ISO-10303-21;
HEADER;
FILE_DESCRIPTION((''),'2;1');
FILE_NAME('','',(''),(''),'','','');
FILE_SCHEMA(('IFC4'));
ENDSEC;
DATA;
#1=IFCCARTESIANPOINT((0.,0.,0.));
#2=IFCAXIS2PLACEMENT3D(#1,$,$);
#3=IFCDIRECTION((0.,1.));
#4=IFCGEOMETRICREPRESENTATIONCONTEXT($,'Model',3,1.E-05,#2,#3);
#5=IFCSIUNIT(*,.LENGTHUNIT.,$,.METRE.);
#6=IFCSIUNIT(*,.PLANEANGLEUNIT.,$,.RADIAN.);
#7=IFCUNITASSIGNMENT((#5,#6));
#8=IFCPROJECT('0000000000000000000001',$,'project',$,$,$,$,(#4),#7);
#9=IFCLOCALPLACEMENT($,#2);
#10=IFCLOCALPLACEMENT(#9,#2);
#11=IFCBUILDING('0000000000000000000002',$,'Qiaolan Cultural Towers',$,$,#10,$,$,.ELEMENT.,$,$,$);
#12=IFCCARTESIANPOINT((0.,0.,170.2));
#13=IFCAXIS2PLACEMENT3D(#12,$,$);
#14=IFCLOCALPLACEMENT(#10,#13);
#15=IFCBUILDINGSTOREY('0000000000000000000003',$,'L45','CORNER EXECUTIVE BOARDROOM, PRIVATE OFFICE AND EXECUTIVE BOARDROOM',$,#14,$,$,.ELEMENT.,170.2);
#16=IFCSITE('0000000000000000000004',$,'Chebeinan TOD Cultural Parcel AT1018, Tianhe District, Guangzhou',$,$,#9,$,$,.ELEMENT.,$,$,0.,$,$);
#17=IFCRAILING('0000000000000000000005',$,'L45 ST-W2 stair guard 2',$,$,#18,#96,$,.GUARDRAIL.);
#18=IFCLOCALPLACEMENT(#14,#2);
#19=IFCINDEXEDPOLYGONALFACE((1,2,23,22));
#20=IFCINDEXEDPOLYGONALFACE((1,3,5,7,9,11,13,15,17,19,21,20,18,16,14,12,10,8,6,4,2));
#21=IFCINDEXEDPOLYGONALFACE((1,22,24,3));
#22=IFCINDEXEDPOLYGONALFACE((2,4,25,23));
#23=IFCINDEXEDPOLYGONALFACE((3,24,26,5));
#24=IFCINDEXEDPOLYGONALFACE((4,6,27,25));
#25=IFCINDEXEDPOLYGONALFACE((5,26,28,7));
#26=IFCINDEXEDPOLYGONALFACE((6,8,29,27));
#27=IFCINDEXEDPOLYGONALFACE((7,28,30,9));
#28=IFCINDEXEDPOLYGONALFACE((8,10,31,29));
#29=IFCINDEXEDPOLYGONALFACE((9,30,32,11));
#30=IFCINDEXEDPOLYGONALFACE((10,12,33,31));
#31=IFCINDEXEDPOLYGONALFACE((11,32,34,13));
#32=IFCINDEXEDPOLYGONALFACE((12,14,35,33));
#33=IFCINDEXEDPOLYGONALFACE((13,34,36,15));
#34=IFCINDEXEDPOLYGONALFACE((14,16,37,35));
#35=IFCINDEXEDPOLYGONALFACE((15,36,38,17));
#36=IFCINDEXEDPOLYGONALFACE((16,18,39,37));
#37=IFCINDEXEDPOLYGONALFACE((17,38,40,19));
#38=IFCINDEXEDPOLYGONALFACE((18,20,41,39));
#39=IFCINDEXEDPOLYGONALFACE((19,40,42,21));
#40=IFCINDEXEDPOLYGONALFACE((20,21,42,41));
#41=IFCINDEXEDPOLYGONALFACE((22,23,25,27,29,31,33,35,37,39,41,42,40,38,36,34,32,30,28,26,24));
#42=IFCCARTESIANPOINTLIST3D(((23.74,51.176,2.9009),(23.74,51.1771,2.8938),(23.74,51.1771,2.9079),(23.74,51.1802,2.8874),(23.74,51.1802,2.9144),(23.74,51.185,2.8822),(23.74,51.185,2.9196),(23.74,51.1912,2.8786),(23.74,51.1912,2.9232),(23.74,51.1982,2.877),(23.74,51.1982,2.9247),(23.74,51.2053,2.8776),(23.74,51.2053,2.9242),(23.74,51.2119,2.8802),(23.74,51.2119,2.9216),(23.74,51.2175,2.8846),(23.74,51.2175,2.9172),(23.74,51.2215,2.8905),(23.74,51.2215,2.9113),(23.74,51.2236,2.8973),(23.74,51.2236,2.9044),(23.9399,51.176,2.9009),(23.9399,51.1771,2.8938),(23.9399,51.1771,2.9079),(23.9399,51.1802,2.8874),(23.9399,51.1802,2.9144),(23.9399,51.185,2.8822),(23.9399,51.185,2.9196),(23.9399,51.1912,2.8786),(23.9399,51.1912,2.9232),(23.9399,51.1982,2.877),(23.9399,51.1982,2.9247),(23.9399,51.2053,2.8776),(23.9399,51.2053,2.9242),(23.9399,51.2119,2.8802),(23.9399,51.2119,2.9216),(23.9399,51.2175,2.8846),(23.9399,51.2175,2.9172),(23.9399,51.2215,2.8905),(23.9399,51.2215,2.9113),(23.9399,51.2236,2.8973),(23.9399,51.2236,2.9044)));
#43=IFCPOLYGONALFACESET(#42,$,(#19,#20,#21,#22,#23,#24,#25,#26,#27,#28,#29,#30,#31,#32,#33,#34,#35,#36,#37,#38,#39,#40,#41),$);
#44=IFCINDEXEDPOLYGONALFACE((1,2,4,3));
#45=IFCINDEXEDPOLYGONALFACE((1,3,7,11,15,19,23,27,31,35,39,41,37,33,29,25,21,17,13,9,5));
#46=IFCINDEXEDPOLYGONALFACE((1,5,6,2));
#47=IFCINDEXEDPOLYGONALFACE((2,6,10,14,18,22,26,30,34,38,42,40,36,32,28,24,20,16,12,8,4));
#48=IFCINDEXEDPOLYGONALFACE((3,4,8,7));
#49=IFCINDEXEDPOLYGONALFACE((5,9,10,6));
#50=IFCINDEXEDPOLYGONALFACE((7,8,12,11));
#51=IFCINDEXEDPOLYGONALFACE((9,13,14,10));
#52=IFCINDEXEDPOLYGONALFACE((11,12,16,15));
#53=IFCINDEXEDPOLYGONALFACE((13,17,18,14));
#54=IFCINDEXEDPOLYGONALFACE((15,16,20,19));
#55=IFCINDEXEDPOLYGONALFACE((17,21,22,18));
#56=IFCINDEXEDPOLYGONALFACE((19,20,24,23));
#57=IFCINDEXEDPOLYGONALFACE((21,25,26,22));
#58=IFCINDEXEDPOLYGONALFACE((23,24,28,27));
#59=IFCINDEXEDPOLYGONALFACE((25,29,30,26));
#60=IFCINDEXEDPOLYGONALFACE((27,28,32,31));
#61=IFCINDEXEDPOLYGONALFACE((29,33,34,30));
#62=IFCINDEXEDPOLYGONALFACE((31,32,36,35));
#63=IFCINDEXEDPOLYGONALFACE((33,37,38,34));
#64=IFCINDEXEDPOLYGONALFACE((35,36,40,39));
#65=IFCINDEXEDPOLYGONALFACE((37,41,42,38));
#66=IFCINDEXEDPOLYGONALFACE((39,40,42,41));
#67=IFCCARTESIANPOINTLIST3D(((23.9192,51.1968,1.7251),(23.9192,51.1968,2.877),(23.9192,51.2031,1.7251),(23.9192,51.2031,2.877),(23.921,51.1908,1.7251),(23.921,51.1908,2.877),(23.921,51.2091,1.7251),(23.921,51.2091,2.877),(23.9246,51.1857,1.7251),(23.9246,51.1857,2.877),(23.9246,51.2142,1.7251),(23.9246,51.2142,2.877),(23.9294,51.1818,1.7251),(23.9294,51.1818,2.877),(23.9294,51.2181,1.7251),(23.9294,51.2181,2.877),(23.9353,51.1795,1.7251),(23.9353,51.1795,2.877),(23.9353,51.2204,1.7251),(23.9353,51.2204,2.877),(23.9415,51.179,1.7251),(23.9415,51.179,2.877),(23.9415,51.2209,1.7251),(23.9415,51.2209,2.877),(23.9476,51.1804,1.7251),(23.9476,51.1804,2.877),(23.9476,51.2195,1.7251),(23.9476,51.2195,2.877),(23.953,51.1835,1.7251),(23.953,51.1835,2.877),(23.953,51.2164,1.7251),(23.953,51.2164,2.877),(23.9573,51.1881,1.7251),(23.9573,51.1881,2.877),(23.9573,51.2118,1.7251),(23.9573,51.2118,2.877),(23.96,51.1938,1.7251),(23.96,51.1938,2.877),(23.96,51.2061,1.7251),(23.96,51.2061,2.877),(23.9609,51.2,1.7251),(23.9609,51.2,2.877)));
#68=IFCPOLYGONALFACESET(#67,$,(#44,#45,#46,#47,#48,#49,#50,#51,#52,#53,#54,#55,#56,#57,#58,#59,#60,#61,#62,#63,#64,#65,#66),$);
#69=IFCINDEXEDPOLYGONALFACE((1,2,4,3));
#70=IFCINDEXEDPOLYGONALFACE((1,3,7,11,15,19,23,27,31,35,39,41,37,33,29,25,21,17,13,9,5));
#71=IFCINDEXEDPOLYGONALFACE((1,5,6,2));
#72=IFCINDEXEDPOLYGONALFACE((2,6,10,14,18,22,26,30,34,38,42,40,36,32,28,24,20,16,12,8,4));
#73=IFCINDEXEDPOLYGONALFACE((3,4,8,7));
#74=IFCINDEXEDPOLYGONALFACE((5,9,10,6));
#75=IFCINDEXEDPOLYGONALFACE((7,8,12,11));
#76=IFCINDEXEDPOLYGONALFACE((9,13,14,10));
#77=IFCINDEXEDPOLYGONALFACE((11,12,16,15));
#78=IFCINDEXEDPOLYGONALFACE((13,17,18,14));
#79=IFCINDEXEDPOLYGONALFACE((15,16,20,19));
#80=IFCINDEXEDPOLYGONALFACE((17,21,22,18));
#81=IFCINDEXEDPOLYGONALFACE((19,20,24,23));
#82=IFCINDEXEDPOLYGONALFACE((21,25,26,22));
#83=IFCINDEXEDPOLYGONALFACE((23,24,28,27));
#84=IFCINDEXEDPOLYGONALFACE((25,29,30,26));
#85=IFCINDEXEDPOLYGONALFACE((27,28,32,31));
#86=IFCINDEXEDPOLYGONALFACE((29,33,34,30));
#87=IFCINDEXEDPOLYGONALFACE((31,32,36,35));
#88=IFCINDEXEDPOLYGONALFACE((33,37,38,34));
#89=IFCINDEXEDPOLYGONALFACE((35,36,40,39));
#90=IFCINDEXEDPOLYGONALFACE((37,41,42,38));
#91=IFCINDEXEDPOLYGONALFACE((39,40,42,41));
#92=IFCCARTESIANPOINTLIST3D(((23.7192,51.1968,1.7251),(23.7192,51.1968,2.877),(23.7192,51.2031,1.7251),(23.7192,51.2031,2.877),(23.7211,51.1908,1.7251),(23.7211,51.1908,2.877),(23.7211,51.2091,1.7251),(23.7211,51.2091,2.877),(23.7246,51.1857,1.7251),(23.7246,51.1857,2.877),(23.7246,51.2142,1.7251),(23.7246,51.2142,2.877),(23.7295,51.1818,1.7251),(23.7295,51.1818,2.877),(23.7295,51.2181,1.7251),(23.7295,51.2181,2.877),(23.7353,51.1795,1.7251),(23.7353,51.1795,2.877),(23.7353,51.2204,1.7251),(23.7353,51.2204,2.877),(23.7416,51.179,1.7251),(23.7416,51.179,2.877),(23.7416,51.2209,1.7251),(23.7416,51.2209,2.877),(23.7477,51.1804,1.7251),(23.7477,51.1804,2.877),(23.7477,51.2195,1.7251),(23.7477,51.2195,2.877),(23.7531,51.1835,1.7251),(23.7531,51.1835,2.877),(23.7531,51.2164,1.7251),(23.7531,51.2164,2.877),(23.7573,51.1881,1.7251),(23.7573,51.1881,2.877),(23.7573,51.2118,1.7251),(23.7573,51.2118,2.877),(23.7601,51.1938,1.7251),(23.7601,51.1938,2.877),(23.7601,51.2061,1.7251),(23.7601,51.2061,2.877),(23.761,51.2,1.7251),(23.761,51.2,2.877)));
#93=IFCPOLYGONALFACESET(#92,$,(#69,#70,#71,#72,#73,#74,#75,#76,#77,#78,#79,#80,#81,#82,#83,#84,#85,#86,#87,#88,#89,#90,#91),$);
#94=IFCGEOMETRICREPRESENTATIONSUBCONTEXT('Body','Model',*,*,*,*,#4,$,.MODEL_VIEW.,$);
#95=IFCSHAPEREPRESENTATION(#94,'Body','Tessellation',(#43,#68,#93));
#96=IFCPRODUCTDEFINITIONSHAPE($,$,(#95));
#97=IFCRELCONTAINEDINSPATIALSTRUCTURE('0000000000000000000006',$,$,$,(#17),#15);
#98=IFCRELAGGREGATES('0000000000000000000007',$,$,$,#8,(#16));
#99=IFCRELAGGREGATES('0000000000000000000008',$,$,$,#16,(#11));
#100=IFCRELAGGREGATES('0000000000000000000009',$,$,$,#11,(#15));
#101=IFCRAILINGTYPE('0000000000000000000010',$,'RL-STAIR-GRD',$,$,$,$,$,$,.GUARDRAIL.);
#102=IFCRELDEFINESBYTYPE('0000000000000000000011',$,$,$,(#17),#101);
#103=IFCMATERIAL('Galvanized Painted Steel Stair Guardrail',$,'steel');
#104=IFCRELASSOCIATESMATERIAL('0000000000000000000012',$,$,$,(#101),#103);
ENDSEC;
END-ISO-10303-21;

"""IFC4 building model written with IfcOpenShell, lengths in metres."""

from ifc_helpers import new_model, si_unit, direction, frame, origin, origin_2d, place, context, subcontext, project, spatial, circle, extrude, material, type_object, element, save


model = new_model("IFC4")

# Units and contexts
model_context = context("Model", 3, precision=1e-05, world=origin(), true_north=direction((0.0, 1.0)))
body_context = subcontext(model_context, "Body", "Model", "MODEL_VIEW")
ifc_project = project(units=[si_unit("LENGTHUNIT", "METRE"), si_unit("PLANEANGLEUNIT", "RADIAN")], contexts=[model_context])

# Site, building, storey
site_placement = place(None, origin())
site = spatial("IfcSite", under=ifc_project, at=site_placement, Name="Chebeinan TOD Cultural Parcel AT1018, Tianhe District, Guangzhou", CompositionType="ELEMENT", RefElevation=0.0)
building_placement = place(site_placement, origin())
building = spatial("IfcBuilding", under=site, at=building_placement, Name="Qiaolan Cultural Towers", CompositionType="ELEMENT")
storey_placement = place(building_placement, frame((0.0, 0.0, 170.2)))
storey = spatial("IfcBuildingStorey", under=building, at=storey_placement, Name="L45", Description="CORNER EXECUTIVE BOARDROOM, PRIVATE OFFICE AND EXECUTIVE BOARDROOM", CompositionType="ELEMENT", Elevation=170.2)

# Railing
ifc_material_1 = material(Name="Galvanized Painted Steel Stair Guardrail", Category="steel")
railing_type_1 = type_object("IfcRailingType", Name="RL-STAIR-GRD", PredefinedType="GUARDRAIL", material=ifc_material_1)
railing_1_placement = place(storey_placement, frame((23.9399, 51.2, 1.7251)))
element("IfcRailing", 1, at=railing_1_placement, inside=storey, type_object=railing_type_1, Name="L45 ST-W2 stair guard 2", PredefinedType="GUARDRAIL", context=body_context, shape_type="SweptSolid", body=[
    extrude(circle(Radius=0.0239, at=origin_2d()), frame((0.0, 0.0, 1.1758), z_axis=(-1.0, 0.0, 0.0), x_axis=(0.0, -1.0, 0.0)), (0.0, 0.0, 1.0), 0.2),
    extrude(circle(Radius=0.021, at=origin_2d()), origin(), (0.0, 0.0, 1.0), 1.1519),
    extrude(circle(Radius=0.021, at=origin_2d()), frame((-0.2, 0.0, 0.0)), (0.0, 0.0, 1.0), 1.1519),
])

save(model, "model.ifc")
